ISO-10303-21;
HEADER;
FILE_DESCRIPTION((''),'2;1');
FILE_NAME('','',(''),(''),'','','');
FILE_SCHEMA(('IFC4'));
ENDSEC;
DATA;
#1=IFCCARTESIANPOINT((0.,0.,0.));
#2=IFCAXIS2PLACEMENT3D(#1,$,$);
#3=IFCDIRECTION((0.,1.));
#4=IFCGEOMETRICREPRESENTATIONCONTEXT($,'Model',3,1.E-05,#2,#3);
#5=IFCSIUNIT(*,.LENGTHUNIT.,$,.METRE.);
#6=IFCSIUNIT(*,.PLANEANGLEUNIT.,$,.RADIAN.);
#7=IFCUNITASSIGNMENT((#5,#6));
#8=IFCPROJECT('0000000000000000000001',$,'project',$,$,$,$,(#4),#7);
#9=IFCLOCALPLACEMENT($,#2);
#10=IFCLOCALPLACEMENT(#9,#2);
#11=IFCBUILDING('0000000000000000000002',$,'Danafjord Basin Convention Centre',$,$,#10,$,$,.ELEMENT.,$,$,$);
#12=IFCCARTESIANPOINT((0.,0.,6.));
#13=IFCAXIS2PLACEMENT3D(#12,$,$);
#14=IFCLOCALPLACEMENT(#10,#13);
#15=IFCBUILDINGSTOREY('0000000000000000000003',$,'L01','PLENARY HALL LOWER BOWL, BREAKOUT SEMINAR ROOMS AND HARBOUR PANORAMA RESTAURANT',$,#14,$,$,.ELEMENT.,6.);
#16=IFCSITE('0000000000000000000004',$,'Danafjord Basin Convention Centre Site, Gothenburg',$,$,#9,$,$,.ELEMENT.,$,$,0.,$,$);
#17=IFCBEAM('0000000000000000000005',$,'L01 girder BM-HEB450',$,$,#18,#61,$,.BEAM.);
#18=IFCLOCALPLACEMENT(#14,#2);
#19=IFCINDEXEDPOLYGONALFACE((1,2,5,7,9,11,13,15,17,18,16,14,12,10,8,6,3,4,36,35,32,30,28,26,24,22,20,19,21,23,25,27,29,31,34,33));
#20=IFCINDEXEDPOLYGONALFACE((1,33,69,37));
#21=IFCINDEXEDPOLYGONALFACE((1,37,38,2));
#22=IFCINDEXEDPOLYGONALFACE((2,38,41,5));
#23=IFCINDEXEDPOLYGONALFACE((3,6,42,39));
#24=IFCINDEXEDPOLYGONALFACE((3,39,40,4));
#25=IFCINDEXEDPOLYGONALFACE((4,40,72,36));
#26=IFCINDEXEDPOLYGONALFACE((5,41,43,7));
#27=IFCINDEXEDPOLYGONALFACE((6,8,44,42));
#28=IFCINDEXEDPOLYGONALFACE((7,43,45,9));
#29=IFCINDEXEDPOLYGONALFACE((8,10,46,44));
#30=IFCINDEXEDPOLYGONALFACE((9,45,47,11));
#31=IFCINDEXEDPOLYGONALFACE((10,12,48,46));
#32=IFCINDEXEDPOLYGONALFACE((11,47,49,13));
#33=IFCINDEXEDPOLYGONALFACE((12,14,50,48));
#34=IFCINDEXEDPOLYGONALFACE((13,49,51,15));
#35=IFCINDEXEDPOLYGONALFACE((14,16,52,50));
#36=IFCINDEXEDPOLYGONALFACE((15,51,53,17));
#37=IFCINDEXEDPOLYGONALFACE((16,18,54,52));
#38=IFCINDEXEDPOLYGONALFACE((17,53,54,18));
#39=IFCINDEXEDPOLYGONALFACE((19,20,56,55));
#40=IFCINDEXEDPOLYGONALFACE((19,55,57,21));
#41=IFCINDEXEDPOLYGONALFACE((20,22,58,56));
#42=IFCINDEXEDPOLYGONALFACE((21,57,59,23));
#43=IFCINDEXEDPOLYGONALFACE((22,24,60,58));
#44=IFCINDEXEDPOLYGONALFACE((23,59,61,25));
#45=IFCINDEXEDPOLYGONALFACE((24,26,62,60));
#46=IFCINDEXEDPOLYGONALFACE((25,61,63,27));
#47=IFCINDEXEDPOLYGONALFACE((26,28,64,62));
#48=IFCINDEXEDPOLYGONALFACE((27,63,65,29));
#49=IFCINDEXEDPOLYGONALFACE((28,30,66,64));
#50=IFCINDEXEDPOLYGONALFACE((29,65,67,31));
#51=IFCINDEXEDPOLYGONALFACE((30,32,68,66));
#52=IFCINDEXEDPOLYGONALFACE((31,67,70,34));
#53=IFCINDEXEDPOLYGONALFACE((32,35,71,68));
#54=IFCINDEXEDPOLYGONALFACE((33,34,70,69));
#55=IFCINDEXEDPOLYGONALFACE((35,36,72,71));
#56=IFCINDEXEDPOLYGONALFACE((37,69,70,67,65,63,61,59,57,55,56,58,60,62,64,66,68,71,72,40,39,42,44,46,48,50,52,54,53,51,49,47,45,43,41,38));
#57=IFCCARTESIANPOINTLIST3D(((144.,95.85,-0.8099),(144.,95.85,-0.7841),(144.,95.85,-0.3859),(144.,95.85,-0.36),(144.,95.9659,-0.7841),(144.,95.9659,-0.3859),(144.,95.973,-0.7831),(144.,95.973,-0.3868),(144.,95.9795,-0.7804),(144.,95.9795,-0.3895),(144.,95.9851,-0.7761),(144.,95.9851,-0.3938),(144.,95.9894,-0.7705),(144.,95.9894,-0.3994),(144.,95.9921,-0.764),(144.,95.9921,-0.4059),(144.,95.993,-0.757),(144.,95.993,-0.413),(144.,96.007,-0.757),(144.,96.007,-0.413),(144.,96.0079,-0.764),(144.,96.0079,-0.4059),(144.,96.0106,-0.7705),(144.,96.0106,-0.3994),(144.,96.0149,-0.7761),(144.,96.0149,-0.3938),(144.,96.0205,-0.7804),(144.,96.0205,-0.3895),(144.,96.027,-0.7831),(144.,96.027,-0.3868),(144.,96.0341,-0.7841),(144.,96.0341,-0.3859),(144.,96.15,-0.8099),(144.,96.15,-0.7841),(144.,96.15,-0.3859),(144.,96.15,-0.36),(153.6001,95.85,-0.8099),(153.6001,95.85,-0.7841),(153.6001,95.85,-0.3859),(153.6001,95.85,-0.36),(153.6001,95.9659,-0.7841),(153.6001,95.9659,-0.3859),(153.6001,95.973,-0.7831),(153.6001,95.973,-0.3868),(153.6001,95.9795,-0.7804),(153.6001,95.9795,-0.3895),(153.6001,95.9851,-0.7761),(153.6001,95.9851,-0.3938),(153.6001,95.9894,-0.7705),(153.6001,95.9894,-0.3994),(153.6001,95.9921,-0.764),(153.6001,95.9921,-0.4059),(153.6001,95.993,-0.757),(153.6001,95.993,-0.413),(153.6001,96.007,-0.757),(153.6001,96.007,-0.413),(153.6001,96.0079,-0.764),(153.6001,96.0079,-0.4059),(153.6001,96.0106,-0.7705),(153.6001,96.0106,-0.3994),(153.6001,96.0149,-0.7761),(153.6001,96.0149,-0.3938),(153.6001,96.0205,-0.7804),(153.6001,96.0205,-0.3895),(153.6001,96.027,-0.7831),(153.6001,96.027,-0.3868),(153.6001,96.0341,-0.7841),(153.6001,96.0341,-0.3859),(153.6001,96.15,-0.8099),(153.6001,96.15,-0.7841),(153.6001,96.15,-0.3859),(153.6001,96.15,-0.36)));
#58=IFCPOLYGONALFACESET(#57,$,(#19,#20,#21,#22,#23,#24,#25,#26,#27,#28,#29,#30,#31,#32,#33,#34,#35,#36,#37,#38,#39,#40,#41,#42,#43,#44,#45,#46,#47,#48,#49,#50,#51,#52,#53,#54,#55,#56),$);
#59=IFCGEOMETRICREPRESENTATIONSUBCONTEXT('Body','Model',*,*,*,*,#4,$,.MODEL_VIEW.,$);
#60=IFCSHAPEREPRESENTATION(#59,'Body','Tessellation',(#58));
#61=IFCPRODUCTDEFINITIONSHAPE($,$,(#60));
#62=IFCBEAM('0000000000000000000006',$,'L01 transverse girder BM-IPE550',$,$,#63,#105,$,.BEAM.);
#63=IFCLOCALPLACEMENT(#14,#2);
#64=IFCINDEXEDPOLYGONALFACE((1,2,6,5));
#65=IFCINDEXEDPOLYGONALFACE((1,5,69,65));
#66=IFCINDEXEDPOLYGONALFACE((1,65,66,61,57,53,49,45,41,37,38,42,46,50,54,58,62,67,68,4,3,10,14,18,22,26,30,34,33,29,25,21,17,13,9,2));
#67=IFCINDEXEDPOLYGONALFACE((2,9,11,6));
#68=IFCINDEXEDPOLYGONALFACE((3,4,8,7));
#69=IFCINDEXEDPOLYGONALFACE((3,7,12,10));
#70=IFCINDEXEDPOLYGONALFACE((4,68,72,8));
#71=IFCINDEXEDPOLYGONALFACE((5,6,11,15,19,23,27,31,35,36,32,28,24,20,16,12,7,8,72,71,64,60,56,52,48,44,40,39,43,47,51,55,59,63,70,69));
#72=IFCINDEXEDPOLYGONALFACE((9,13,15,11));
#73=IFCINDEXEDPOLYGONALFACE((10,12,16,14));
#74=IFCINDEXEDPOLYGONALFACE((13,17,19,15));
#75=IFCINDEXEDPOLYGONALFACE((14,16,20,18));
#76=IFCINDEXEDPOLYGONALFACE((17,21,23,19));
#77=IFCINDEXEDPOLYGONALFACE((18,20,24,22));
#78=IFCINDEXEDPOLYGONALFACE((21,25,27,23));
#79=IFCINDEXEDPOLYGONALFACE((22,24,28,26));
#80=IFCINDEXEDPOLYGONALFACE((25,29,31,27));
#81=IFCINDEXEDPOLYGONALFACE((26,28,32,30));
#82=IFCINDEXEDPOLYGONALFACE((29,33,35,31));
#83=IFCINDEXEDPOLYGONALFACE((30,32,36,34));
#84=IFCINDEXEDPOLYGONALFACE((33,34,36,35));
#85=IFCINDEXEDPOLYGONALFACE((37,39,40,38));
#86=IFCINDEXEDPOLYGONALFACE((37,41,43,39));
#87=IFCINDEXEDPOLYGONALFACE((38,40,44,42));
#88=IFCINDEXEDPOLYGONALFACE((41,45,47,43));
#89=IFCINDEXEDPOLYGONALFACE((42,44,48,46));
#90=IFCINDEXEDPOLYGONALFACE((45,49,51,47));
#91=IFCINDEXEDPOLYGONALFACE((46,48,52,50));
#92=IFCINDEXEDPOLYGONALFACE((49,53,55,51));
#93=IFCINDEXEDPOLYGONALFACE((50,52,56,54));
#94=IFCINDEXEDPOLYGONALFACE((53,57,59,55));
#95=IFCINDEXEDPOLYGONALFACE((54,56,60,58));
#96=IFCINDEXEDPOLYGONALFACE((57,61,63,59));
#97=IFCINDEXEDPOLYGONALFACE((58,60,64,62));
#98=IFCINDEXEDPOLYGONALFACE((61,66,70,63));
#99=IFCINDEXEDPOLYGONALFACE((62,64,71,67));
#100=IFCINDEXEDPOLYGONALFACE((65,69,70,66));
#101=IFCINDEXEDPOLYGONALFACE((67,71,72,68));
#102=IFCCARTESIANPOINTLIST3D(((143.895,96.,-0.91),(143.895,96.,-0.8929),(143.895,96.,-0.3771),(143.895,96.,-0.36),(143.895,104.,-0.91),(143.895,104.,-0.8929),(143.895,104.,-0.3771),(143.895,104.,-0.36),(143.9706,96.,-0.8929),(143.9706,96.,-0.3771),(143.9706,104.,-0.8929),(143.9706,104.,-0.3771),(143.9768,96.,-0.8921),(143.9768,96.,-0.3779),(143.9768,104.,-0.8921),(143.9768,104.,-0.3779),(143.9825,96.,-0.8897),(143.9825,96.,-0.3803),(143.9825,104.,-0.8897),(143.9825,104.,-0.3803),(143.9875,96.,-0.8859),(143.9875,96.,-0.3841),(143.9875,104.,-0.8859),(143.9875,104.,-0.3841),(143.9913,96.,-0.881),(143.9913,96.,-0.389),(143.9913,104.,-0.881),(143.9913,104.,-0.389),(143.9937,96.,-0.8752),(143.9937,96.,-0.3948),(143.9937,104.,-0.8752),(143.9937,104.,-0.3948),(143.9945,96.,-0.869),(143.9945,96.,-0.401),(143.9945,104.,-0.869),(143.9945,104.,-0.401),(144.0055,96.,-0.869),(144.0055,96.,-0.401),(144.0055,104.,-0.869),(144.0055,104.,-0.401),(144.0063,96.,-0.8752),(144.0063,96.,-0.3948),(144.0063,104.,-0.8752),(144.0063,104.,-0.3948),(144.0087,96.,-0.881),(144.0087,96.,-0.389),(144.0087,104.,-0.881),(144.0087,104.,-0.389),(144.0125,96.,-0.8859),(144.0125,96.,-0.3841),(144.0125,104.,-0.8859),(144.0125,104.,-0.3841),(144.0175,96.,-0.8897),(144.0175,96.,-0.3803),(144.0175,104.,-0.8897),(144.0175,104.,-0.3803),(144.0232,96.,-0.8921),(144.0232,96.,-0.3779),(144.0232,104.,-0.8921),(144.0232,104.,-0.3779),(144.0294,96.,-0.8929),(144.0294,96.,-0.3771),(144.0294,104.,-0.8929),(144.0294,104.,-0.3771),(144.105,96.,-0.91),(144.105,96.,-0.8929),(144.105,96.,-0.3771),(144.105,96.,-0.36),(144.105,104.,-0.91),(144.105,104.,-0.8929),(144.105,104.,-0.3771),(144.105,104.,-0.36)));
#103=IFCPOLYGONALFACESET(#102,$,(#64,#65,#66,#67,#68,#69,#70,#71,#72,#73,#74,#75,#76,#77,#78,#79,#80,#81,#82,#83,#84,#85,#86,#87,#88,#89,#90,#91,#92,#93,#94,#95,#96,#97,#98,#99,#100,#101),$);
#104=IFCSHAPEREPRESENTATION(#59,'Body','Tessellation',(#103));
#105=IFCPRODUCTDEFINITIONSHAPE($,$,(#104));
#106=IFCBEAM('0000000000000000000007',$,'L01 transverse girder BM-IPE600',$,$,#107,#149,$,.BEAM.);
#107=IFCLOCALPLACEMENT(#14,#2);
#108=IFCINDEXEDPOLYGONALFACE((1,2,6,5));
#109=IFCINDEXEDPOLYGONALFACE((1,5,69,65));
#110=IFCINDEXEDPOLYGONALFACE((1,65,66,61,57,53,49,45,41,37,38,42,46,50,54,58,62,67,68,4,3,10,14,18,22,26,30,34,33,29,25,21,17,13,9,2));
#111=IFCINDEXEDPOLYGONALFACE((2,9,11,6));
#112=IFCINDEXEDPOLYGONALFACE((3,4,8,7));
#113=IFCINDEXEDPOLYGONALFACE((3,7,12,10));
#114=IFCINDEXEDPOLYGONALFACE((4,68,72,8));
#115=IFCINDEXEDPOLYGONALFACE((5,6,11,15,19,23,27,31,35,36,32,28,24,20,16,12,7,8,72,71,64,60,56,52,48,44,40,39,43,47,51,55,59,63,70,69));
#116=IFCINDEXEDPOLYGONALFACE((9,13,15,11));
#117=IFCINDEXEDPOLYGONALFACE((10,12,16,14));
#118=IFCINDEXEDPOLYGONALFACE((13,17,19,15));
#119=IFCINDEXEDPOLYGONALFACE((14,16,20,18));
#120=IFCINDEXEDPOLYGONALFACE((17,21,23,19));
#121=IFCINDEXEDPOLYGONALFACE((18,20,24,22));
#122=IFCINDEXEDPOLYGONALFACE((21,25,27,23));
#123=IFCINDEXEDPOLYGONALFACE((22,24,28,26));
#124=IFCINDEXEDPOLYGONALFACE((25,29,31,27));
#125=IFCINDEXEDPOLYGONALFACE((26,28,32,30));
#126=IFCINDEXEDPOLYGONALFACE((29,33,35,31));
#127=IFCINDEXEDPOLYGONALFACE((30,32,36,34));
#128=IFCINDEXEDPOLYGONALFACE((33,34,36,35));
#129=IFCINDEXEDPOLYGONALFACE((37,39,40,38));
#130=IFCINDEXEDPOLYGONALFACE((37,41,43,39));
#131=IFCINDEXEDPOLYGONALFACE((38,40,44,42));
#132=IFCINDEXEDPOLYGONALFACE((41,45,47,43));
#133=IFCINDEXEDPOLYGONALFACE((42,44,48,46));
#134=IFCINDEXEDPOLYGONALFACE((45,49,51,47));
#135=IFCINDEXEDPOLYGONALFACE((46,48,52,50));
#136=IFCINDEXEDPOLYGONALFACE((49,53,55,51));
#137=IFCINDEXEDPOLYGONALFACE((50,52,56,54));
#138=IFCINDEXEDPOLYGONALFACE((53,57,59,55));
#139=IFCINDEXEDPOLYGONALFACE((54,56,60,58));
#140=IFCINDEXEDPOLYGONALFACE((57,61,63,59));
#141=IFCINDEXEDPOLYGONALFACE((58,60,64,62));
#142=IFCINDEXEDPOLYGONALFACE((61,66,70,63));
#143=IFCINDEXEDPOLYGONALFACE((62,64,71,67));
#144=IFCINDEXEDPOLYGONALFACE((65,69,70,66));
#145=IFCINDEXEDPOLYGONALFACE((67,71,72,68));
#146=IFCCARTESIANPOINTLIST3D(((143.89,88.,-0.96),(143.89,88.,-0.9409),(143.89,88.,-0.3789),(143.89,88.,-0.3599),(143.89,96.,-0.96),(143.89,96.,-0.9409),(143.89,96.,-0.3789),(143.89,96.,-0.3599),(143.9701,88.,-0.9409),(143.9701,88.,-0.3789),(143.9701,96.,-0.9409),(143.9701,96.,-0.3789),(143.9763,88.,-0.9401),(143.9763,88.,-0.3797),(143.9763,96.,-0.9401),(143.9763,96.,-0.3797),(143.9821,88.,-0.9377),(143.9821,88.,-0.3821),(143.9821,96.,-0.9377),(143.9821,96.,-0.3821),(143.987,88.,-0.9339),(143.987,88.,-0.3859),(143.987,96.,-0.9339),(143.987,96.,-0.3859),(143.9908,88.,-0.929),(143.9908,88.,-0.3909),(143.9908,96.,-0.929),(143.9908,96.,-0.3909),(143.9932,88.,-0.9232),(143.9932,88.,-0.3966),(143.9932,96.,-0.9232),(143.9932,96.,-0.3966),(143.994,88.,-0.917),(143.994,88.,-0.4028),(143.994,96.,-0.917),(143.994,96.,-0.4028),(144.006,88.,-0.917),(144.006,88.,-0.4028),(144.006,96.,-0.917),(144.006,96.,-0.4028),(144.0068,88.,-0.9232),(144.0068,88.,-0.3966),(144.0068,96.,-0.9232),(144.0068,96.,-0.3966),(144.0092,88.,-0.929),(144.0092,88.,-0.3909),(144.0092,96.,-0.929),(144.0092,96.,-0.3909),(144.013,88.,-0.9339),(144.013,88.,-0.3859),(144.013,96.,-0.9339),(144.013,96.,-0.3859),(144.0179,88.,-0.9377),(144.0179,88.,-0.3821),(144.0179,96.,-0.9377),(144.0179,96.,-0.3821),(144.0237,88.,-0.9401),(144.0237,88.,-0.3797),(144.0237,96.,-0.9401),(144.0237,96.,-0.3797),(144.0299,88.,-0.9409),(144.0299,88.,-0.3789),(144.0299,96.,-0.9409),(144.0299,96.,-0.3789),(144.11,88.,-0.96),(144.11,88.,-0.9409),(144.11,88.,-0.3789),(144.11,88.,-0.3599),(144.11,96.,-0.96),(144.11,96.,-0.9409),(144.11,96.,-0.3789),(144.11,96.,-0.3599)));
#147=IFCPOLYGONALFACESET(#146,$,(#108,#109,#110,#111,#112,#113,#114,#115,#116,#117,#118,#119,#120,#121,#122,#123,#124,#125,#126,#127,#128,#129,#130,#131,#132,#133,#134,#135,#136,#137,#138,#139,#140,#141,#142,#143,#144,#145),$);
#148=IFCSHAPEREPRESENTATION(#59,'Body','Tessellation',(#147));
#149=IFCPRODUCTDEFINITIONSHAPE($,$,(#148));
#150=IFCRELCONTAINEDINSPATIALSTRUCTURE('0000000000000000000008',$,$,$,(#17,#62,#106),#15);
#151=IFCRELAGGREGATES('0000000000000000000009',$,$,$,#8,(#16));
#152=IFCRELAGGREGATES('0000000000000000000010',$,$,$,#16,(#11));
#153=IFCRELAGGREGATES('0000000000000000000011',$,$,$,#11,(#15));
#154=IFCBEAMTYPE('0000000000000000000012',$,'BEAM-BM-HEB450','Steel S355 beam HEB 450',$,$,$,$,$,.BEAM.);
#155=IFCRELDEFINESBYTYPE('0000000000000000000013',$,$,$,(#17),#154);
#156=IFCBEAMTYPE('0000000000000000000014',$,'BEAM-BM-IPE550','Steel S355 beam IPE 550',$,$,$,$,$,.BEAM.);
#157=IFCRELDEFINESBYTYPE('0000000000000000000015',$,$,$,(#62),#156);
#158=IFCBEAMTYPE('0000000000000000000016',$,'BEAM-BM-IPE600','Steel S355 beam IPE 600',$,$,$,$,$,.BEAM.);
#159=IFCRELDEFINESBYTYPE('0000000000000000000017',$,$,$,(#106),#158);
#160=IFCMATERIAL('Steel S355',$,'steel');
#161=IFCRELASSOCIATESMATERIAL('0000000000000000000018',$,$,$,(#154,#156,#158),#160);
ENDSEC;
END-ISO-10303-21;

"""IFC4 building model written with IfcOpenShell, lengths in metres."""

from ifc_helpers import new_model, si_unit, direction, frame, origin, origin_2d, place, context, subcontext, project, spatial, i_section, extrude, material, material_profile, profile_set, type_object, element, save


model = new_model("IFC4")

# Units and contexts
model_context = context("Model", 3, precision=1e-05, world=origin(), true_north=direction((0.0, 1.0)))
body_context = subcontext(model_context, "Body", "Model", "MODEL_VIEW")
ifc_project = project(units=[si_unit("LENGTHUNIT", "METRE"), si_unit("PLANEANGLEUNIT", "RADIAN")], contexts=[model_context])

# Site, building, storey
site_placement = place(None, origin())
site = spatial("IfcSite", under=ifc_project, at=site_placement, Name="Danafjord Basin Convention Centre Site, Gothenburg", CompositionType="ELEMENT", RefElevation=0.0)
building_placement = place(site_placement, origin())
building = spatial("IfcBuilding", under=site, at=building_placement, Name="Danafjord Basin Convention Centre", CompositionType="ELEMENT")
storey_placement = place(building_placement, frame((0.0, 0.0, 6.0)))
storey = spatial("IfcBuildingStorey", under=building, at=storey_placement, Name="L01", Description="PLENARY HALL LOWER BOWL, BREAKOUT SEMINAR ROOMS AND HARBOUR PANORAMA RESTAURANT", CompositionType="ELEMENT", Elevation=6.0)

# Shared definitions
ifc_material_1 = material(Name="Steel S355", Category="steel")

# Beams
ifc_material_profile_1 = material_profile(ifc_material_1, i_section(OverallWidth=0.3, OverallDepth=0.45, WebThickness=0.0139, FlangeThickness=0.0259, FilletRadius=0.0271, at=origin_2d()), Name="HEB 450")
ifc_profile_set_1 = profile_set([ifc_material_profile_1], Name="Steel S355")
beam_type_1 = type_object("IfcBeamType", Name="BEAM-BM-HEB450", Description="Steel S355 beam HEB 450", PredefinedType="BEAM", material=ifc_profile_set_1)
beam_1_placement = place(storey_placement, frame((144.0, 96.0, -0.585), z_axis=(1.0, 0.0, 0.0), x_axis=(0.0, 1.0, 0.0)))
element("IfcBeam", 1, at=beam_1_placement, inside=storey, type_object=beam_type_1, Name="L01 girder BM-HEB450", PredefinedType="BEAM", context=body_context, shape_type="SweptSolid", body=[
    extrude(i_section(OverallWidth=0.3, OverallDepth=0.45, WebThickness=0.0139, FlangeThickness=0.0259, FilletRadius=0.0271, at=origin_2d()), origin(), (0.0, 0.0, 1.0), 9.6001),
])
ifc_material_profile_2 = material_profile(ifc_material_1, i_section(OverallWidth=0.21, OverallDepth=0.55, WebThickness=0.011, FlangeThickness=0.0171, FilletRadius=0.0239, at=origin_2d()), Name="IPE 550")
ifc_profile_set_2 = profile_set([ifc_material_profile_2], Name="Steel S355")
beam_type_2 = type_object("IfcBeamType", Name="BEAM-BM-IPE550", Description="Steel S355 beam IPE 550", PredefinedType="BEAM", material=ifc_profile_set_2)
beam_2_placement = place(storey_placement, frame((144.0, 96.0, -0.635), z_axis=(0.0, 1.0, 0.0), x_axis=(-1.0, 0.0, 0.0)))
element("IfcBeam", 2, at=beam_2_placement, inside=storey, type_object=beam_type_2, Name="L01 transverse girder BM-IPE550", PredefinedType="BEAM", context=body_context, shape_type="SweptSolid", body=[
    extrude(i_section(OverallWidth=0.21, OverallDepth=0.55, WebThickness=0.011, FlangeThickness=0.0171, FilletRadius=0.0239, at=origin_2d()), origin(), (0.0, 0.0, 1.0), 8.0),
])
ifc_material_profile_3 = material_profile(ifc_material_1, i_section(OverallWidth=0.22, OverallDepth=0.6001, WebThickness=0.012, FlangeThickness=0.019, FilletRadius=0.0239, at=origin_2d()), Name="IPE 600")
ifc_profile_set_3 = profile_set([ifc_material_profile_3], Name="Steel S355")
beam_type_3 = type_object("IfcBeamType", Name="BEAM-BM-IPE600", Description="Steel S355 beam IPE 600", PredefinedType="BEAM", material=ifc_profile_set_3)
beam_3_placement = place(storey_placement, frame((144.0, 88.0, -0.6599), z_axis=(0.0, 1.0, 0.0), x_axis=(-1.0, 0.0, 0.0)))
element("IfcBeam", 3, at=beam_3_placement, inside=storey, type_object=beam_type_3, Name="L01 transverse girder BM-IPE600", PredefinedType="BEAM", context=body_context, shape_type="SweptSolid", body=[
    extrude(i_section(OverallWidth=0.22, OverallDepth=0.6001, WebThickness=0.012, FlangeThickness=0.019, FilletRadius=0.0239, at=origin_2d()), origin(), (0.0, 0.0, 1.0), 8.0),
])

save(model, "model.ifc")
